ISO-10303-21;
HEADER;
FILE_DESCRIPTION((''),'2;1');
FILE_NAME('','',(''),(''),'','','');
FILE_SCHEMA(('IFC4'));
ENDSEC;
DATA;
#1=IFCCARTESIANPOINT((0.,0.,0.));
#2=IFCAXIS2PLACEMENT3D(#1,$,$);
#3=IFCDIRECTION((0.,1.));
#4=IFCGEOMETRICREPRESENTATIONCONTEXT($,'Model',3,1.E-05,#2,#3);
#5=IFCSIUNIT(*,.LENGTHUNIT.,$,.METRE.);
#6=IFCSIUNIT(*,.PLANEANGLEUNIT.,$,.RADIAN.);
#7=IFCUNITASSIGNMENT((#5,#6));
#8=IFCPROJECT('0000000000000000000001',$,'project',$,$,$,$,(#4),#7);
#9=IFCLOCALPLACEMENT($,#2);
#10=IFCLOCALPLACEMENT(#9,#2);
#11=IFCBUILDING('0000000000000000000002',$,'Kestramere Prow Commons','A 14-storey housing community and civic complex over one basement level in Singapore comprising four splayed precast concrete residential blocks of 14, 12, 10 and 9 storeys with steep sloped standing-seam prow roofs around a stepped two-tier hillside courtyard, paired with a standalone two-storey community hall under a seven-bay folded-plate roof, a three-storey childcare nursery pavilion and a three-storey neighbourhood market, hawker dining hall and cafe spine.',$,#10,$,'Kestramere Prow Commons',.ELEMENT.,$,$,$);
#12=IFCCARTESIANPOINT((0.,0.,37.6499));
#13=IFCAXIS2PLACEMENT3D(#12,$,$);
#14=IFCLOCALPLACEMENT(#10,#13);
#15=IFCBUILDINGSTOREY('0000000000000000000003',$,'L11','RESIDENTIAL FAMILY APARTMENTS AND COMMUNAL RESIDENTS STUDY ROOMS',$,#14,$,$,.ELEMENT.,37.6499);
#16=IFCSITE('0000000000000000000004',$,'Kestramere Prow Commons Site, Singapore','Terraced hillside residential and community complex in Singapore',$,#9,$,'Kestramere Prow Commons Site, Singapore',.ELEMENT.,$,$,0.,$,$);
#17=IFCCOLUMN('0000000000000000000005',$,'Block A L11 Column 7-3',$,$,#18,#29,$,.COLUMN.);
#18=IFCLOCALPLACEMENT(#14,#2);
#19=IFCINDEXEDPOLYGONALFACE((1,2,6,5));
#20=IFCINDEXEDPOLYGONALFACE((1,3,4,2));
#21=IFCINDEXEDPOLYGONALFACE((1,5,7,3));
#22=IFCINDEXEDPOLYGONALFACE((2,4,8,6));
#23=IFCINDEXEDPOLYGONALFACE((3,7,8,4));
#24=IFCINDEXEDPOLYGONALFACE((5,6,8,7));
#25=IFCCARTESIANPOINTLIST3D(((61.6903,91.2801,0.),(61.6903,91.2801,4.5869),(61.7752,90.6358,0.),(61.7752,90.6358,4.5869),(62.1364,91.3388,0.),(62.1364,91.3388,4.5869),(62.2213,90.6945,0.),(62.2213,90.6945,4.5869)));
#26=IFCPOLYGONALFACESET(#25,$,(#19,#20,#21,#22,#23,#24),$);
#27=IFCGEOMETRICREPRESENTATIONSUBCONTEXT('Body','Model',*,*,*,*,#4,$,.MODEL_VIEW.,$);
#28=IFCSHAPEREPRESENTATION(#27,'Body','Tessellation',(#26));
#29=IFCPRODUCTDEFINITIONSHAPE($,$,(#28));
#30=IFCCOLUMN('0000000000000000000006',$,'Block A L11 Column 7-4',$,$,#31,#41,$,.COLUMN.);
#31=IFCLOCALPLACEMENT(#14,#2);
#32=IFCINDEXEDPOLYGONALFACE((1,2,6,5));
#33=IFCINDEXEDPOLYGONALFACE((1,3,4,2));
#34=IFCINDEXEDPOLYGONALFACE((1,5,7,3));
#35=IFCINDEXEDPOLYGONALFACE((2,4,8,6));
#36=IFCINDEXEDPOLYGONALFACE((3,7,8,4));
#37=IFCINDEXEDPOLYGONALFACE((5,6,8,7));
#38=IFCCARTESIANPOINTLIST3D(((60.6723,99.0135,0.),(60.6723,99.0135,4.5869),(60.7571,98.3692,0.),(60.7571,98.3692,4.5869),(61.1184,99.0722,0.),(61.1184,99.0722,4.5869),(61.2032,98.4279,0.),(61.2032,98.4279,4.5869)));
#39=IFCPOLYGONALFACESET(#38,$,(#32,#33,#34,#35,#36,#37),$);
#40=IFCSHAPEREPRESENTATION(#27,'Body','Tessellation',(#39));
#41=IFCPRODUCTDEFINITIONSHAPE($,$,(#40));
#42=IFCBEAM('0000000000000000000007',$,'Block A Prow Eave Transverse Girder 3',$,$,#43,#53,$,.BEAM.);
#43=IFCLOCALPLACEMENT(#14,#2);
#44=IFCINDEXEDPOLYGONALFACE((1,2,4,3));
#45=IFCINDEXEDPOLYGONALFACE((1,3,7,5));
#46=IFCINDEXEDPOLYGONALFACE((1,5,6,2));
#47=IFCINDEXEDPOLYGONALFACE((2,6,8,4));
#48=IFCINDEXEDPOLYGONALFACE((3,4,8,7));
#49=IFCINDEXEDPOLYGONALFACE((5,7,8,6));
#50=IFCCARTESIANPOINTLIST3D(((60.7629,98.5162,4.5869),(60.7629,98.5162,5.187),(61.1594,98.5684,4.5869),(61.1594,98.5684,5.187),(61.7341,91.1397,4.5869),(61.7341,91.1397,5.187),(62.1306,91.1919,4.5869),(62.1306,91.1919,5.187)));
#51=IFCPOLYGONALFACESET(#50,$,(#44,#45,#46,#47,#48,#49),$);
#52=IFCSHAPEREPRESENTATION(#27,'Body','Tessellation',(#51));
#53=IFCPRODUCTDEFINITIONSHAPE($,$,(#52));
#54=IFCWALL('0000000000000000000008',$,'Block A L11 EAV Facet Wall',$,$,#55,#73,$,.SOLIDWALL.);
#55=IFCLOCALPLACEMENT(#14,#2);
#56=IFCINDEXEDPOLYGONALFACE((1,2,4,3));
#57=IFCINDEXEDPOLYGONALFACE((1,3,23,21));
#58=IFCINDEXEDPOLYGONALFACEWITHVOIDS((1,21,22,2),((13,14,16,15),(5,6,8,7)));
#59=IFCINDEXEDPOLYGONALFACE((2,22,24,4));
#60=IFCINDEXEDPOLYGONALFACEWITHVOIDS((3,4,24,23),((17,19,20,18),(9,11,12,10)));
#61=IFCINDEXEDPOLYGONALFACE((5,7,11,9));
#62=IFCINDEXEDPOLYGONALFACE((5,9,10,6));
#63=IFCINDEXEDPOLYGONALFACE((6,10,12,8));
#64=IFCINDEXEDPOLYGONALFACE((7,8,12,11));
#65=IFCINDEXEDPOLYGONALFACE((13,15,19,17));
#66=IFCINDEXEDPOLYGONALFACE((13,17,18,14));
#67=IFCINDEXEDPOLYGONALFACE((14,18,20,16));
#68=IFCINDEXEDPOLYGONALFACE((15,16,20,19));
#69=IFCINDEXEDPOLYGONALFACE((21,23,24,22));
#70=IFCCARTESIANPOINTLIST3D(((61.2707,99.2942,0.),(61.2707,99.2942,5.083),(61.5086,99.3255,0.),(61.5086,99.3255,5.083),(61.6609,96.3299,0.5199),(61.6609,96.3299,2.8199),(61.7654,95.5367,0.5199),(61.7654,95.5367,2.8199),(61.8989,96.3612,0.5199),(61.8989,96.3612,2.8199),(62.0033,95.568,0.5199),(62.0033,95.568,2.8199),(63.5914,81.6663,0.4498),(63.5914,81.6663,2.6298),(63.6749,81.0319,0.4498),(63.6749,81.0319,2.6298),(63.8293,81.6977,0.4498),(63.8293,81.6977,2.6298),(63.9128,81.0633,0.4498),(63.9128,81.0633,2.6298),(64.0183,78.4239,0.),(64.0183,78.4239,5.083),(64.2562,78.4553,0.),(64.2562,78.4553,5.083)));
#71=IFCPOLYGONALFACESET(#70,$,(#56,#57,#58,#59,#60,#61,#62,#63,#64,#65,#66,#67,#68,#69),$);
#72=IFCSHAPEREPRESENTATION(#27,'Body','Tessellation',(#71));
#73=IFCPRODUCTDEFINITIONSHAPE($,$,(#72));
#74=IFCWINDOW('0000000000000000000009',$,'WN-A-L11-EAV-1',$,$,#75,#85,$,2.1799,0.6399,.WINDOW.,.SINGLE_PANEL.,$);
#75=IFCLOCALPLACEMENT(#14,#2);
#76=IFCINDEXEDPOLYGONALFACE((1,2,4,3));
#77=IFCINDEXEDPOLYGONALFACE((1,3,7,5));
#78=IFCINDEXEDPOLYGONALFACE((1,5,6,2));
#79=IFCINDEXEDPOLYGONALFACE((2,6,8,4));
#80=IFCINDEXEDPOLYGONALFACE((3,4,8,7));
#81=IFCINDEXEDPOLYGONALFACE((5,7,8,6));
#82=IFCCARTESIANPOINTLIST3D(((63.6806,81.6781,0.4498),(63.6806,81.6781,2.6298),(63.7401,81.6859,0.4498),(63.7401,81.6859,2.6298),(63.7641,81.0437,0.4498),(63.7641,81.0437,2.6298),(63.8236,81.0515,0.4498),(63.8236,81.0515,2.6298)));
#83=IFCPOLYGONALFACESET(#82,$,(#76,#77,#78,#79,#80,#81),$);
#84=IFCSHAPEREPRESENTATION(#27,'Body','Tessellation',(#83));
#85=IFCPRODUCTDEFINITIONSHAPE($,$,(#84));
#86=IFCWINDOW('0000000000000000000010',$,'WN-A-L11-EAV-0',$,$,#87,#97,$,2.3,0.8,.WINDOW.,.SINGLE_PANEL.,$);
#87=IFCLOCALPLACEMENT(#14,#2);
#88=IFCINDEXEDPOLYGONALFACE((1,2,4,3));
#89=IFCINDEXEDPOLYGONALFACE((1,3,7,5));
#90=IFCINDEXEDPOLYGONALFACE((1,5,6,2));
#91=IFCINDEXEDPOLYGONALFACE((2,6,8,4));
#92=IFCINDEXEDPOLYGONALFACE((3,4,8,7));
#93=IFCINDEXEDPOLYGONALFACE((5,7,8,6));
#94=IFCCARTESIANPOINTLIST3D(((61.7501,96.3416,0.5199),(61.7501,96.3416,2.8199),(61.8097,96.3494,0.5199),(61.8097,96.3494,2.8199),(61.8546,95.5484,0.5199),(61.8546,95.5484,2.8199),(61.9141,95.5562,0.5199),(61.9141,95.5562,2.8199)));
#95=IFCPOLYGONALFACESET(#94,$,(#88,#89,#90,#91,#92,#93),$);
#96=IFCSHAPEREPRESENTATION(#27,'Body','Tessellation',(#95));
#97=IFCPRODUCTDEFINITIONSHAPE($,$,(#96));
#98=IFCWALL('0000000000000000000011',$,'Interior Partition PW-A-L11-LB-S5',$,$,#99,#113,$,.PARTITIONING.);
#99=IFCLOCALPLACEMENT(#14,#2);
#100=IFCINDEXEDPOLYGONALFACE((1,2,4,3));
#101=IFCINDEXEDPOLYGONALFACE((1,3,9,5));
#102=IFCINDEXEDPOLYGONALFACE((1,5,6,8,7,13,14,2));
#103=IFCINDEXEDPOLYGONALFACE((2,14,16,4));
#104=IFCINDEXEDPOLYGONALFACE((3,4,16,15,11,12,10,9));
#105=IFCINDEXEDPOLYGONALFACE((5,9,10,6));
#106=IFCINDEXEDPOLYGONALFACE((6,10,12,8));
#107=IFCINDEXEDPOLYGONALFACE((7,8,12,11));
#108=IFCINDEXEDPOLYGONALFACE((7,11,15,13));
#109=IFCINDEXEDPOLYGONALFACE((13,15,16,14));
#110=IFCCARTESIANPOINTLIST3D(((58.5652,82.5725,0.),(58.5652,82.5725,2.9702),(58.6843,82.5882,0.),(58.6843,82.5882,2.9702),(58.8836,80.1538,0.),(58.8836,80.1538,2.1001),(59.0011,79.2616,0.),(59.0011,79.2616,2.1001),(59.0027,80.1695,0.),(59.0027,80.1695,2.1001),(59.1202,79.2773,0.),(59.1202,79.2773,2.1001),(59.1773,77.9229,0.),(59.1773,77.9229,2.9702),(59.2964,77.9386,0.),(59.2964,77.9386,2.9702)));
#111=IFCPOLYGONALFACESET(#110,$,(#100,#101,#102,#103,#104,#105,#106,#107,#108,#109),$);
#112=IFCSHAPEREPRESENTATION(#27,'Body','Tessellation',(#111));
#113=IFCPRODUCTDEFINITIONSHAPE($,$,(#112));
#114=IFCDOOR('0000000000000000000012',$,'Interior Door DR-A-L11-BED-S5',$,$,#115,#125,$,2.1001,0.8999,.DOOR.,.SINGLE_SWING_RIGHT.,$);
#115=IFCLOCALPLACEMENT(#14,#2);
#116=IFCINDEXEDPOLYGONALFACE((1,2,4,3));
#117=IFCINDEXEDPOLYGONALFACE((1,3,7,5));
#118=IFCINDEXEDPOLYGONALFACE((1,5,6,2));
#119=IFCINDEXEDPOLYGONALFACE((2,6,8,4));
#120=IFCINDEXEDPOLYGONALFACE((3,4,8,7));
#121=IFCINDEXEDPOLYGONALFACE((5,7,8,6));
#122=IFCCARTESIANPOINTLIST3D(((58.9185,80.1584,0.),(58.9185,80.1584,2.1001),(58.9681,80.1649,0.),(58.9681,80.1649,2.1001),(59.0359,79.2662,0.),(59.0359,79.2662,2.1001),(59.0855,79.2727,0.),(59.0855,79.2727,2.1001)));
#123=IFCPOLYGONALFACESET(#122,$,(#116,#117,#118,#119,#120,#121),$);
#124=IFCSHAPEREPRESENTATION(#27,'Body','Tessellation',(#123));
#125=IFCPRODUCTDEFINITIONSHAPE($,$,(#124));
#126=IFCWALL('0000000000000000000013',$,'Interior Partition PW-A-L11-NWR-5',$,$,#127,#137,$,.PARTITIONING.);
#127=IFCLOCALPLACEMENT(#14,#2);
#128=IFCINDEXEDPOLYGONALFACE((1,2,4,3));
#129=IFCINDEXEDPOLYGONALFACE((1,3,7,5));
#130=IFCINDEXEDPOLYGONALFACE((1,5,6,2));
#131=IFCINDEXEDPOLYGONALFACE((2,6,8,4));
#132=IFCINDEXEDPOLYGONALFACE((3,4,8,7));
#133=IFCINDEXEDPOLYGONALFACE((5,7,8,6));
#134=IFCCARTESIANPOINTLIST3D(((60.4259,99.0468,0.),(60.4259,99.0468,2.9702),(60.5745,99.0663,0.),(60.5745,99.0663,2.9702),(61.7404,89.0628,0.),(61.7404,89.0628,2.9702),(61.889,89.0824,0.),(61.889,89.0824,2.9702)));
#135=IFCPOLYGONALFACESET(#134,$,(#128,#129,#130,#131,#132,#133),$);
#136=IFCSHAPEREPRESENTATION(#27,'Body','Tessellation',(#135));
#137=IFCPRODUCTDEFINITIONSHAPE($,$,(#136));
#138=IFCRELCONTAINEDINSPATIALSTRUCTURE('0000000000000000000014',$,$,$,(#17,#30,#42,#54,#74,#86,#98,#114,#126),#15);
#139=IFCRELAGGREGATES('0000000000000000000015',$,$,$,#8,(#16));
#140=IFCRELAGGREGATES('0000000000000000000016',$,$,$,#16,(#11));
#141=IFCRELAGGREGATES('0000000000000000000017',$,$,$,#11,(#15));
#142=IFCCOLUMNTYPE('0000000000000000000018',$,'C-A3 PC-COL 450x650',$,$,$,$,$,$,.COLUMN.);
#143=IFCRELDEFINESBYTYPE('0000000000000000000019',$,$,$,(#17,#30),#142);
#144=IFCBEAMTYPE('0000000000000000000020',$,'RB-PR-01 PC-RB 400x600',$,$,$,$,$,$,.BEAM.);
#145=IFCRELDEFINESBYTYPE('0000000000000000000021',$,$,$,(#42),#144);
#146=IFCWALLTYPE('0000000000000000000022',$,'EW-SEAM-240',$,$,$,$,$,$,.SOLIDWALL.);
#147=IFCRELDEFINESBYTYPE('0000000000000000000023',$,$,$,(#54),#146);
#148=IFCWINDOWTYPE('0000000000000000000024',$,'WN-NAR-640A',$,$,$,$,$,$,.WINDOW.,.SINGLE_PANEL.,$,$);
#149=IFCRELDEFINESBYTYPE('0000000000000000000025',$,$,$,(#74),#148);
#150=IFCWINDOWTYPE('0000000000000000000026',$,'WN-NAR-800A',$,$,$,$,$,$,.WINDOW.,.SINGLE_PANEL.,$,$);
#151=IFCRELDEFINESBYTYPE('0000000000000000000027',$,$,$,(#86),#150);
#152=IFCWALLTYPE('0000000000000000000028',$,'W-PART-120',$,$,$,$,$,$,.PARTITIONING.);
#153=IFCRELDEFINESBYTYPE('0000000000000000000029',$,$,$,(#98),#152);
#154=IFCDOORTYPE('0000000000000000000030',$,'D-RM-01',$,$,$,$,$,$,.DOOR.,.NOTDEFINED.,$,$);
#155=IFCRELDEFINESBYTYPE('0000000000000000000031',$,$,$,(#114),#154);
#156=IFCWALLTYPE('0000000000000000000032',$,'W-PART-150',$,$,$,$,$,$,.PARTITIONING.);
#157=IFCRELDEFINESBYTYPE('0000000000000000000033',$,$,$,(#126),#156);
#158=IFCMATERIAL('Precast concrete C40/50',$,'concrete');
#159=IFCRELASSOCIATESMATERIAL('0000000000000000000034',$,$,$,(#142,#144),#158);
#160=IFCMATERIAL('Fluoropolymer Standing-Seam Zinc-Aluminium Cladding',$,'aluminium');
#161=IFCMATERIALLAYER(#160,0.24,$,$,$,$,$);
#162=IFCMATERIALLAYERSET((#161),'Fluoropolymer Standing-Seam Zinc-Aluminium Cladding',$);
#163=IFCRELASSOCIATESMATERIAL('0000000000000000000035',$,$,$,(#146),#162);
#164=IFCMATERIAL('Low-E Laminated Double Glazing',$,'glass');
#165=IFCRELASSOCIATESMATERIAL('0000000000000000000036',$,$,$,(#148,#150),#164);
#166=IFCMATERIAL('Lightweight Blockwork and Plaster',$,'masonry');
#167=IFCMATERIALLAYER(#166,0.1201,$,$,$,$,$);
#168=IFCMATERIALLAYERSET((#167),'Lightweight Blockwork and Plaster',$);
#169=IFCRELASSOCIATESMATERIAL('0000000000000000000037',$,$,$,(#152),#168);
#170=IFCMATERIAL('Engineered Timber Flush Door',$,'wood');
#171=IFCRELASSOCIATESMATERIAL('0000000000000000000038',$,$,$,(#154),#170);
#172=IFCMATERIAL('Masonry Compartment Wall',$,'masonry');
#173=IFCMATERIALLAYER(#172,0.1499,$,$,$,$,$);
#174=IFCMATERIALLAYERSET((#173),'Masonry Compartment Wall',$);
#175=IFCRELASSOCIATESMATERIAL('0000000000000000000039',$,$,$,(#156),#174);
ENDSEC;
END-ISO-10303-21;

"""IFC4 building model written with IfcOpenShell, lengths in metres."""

from ifc_helpers import new_model, si_unit, direction, frame, frame_2d, origin, origin_2d, place, context, subcontext, project, spatial, rectangle, extrude, material, layer, layer_set, material_profile, profile_set, type_object, element, fill, save


model = new_model("IFC4")

# Units and contexts
model_context = context("Model", 3, precision=1e-05, world=origin(), true_north=direction((0.0, 1.0)))
body_context = subcontext(model_context, "Body", "Model", "MODEL_VIEW")
ifc_project = project(units=[si_unit("LENGTHUNIT", "METRE"), si_unit("PLANEANGLEUNIT", "RADIAN")], contexts=[model_context])

# Site, building, storey
site_placement = place(None, origin())
site = spatial("IfcSite", under=ifc_project, at=site_placement, Name="Kestramere Prow Commons Site, Singapore", Description="Terraced hillside residential and community complex in Singapore", LongName="Kestramere Prow Commons Site, Singapore", CompositionType="ELEMENT", RefElevation=0.0)
building_placement = place(site_placement, origin())
building = spatial("IfcBuilding", under=site, at=building_placement, Name="Kestramere Prow Commons", Description="A 14-storey housing community and civic complex over one basement level in Singapore comprising four splayed precast concrete residential blocks of 14, 12, 10 and 9 storeys with steep sloped standing-seam prow roofs around a stepped two-tier hillside courtyard, paired with a standalone two-storey community hall under a seven-bay folded-plate roof, a three-storey childcare nursery pavilion and a three-storey neighbourhood market, hawker dining hall and cafe spine.", LongName="Kestramere Prow Commons", CompositionType="ELEMENT")
storey_placement = place(building_placement, frame((0.0, 0.0, 37.6499)))
storey = spatial("IfcBuildingStorey", under=building, at=storey_placement, Name="L11", Description="RESIDENTIAL FAMILY APARTMENTS AND COMMUNAL RESIDENTS STUDY ROOMS", CompositionType="ELEMENT", Elevation=37.6499)

# Columns
ifc_material_1 = material(Name="Precast concrete C40/50", Category="concrete")
ifc_material_profile_1 = material_profile(ifc_material_1, rectangle(XDim=0.45, YDim=0.6499, at=origin_2d()), Name="PC-COL 450x650")
ifc_profile_set_1 = profile_set([ifc_material_profile_1], Name="Precast concrete C40/50")
column_type = type_object("IfcColumnType", Name="C-A3 PC-COL 450x650", PredefinedType="COLUMN", material=ifc_profile_set_1)
for number, where, z_axis, x_axis, name in (
    (1, (61.9558, 90.9873, 0.0), (0.0, 0.0, 1.0), (0.991445, 0.130526, 0.0), "Block A L11 Column 7-3"),
    (2, (60.9377, 98.7207, 0.0), (0.0, 0.0, 1.0), (0.991445, 0.130526, 0.0), "Block A L11 Column 7-4"),
):
    element("IfcColumn", number, at=place(storey_placement, frame(where, z_axis=z_axis, x_axis=x_axis)), inside=storey, type_object=column_type, Name=name, PredefinedType="COLUMN", context=body_context, shape_type="SweptSolid", body=[
        extrude(rectangle(XDim=0.45, YDim=0.6499, at=origin_2d()), origin(), (0.0, 0.0, 1.0), 4.5869),
    ])

# Beam
ifc_material_profile_2 = material_profile(ifc_material_1, rectangle(XDim=0.3999, YDim=0.6001, at=origin_2d()), Name="PC-RB 400x600")
ifc_profile_set_2 = profile_set([ifc_material_profile_2], Name="Precast concrete C40/50")
beam_type = type_object("IfcBeamType", Name="RB-PR-01 PC-RB 400x600", PredefinedType="BEAM", material=ifc_profile_set_2)
beam_placement = place(storey_placement, frame((61.9324, 91.1658, 4.887), z_axis=(-0.130534, 0.991444, 0.0), x_axis=(-0.991444, -0.130534, 0.0)))
element("IfcBeam", 3, at=beam_placement, inside=storey, type_object=beam_type, Name="Block A Prow Eave Transverse Girder 3", PredefinedType="BEAM", context=body_context, shape_type="SweptSolid", body=[
    extrude(rectangle(XDim=0.3999, YDim=0.6001, at=origin_2d()), origin(), (0.0, 0.0, 1.0), 7.4402),
])

# Wall, openings, windows
ifc_material_2 = material(Name="Fluoropolymer Standing-Seam Zinc-Aluminium Cladding", Category="aluminium")
ifc_layer_1 = layer(ifc_material_2, 0.24)
ifc_layer_set_1 = layer_set([ifc_layer_1], Name="Fluoropolymer Standing-Seam Zinc-Aluminium Cladding")
wall_type_1 = type_object("IfcWallType", Name="EW-SEAM-240", PredefinedType="SOLIDWALL", material=ifc_layer_set_1)
wall_1_placement = place(storey_placement, frame((61.3896, 99.3098, 0.0), z_axis=(0.0, 0.0, 1.0), x_axis=(0.130524, -0.991445, 0.0)))
wall_1 = element("IfcWall", 4, at=wall_1_placement, inside=storey, type_object=wall_type_1, Name="Block A L11 EAV Facet Wall", PredefinedType="SOLIDWALL", context=body_context, shape_type="SweptSolid", body=[
    extrude(rectangle(XDim=21.0503, YDim=0.24, at=frame_2d((10.5251, 0.0))), origin(), (0.0, 0.0, 1.0), 5.083),
])
opening_1_placement = place(wall_1_placement, frame((2.99, 0.0, 0.52)))
opening_1 = element("IfcOpeningElement", 5, at=opening_1_placement, cuts=wall_1, PredefinedType="OPENING", context=body_context, shape_type="SweptSolid", body=[
    extrude(rectangle(XDim=0.8, YDim=2.3, at=frame_2d((0.3999, 1.1499))), frame((0.0, 0.135, 0.0), z_axis=(0.0, -1.0, 0.0), x_axis=(1.0, 0.0, 0.0)), (0.0, 0.0, 1.0), 0.27),
])
opening_2_placement = place(wall_1_placement, frame((17.78, 0.0, 0.45)))
opening_2 = element("IfcOpeningElement", 6, at=opening_2_placement, cuts=wall_1, PredefinedType="OPENING", context=body_context, shape_type="SweptSolid", body=[
    extrude(rectangle(XDim=0.6399, YDim=2.1799, at=frame_2d((0.3198, 1.0898))), frame((0.0, 0.135, 0.0), z_axis=(0.0, -1.0, 0.0), x_axis=(1.0, 0.0, 0.0)), (0.0, 0.0, 1.0), 0.27),
])
ifc_material_3 = material(Name="Low-E Laminated Double Glazing", Category="glass")
window_type_1 = type_object("IfcWindowType", Name="WN-NAR-640A", PartitioningType="SINGLE_PANEL", PredefinedType="WINDOW", material=ifc_material_3)
window_1_placement = place(opening_2_placement, origin())
window_1 = element("IfcWindow", 7, at=window_1_placement, inside=storey, type_object=window_type_1, Name="WN-A-L11-EAV-1", OverallHeight=2.1799, OverallWidth=0.6399, PartitioningType="SINGLE_PANEL", PredefinedType="WINDOW", context=body_context, shape_type="SweptSolid", body=[
    extrude(rectangle(XDim=0.6399, YDim=2.1799, at=frame_2d((0.3198, 1.0898))), frame((0.0, 0.03, 0.0), z_axis=(0.0, -1.0, 0.0), x_axis=(1.0, 0.0, 0.0)), (0.0, 0.0, 1.0), 0.0601),
])
fill(opening_2, window_1)
window_type_2 = type_object("IfcWindowType", Name="WN-NAR-800A", PartitioningType="SINGLE_PANEL", PredefinedType="WINDOW", material=ifc_material_3)
window_2_placement = place(opening_1_placement, origin())
window_2 = element("IfcWindow", 8, at=window_2_placement, inside=storey, type_object=window_type_2, Name="WN-A-L11-EAV-0", OverallHeight=2.3, OverallWidth=0.8, PartitioningType="SINGLE_PANEL", PredefinedType="WINDOW", context=body_context, shape_type="SweptSolid", body=[
    extrude(rectangle(XDim=0.8, YDim=2.3, at=frame_2d((0.3999, 1.1499))), frame((0.0, 0.03, 0.0), z_axis=(0.0, -1.0, 0.0), x_axis=(1.0, 0.0, 0.0)), (0.0, 0.0, 1.0), 0.0601),
])
fill(opening_1, window_2)

# Wall, opening, door
ifc_material_4 = material(Name="Lightweight Blockwork and Plaster", Category="masonry")
ifc_layer_2 = layer(ifc_material_4, 0.1201)
ifc_layer_set_2 = layer_set([ifc_layer_2], Name="Lightweight Blockwork and Plaster")
wall_type_2 = type_object("IfcWallType", Name="W-PART-120", PredefinedType="PARTITIONING", material=ifc_layer_set_2)
wall_2_placement = place(storey_placement, frame((59.2368, 77.9309, 0.0), z_axis=(0.0, 0.0, 1.0), x_axis=(-0.13051, 0.991447, 0.0)))
wall_2 = element("IfcWall", 9, at=wall_2_placement, inside=storey, type_object=wall_type_2, Name="Interior Partition PW-A-L11-LB-S5", PredefinedType="PARTITIONING", context=body_context, shape_type="SweptSolid", body=[
    extrude(rectangle(XDim=4.6897, YDim=0.1201, at=frame_2d((2.3447, 0.0))), origin(), (0.0, 0.0, 1.0), 2.9702),
])
opening_3_placement = place(wall_2_placement, frame((1.3501, 0.0, 0.0)))
opening_3 = element("IfcOpeningElement", 10, at=opening_3_placement, cuts=wall_2, PredefinedType="OPENING", context=body_context, shape_type="SweptSolid", body=[
    extrude(rectangle(XDim=0.8999, YDim=2.1001, at=frame_2d((0.45, 1.05))), frame((0.0, 0.075, 0.0), z_axis=(0.0, -1.0, 0.0), x_axis=(1.0, 0.0, 0.0)), (0.0, 0.0, 1.0), 0.1501),
])
ifc_material_5 = material(Name="Engineered Timber Flush Door", Category="wood")
door_type_1 = type_object("IfcDoorType", Name="D-RM-01", OperationType="NOTDEFINED", PredefinedType="DOOR", material=ifc_material_5)
door_1_placement = place(opening_3_placement, origin())
door_1 = element("IfcDoor", 11, at=door_1_placement, inside=storey, type_object=door_type_1, Name="Interior Door DR-A-L11-BED-S5", OperationType="SINGLE_SWING_RIGHT", OverallHeight=2.1001, OverallWidth=0.8999, PredefinedType="DOOR", context=body_context, shape_type="SweptSolid", body=[
    extrude(rectangle(XDim=0.8999, YDim=2.1001, at=frame_2d((0.45, 1.05))), frame((0.0, 0.0249, 0.0), z_axis=(0.0, -1.0, 0.0), x_axis=(1.0, 0.0, 0.0)), (0.0, 0.0, 1.0), 0.05),
])
fill(opening_3, door_1)

# Wall
ifc_material_6 = material(Name="Masonry Compartment Wall", Category="masonry")
ifc_layer_3 = layer(ifc_material_6, 0.1499)
ifc_layer_set_3 = layer_set([ifc_layer_3], Name="Masonry Compartment Wall")
wall_type_3 = type_object("IfcWallType", Name="W-PART-150", PredefinedType="PARTITIONING", material=ifc_layer_set_3)
wall_3_placement = place(storey_placement, frame((61.8147, 89.0725, 0.0), z_axis=(0.0, 0.0, 1.0), x_axis=(-0.130531, 0.991444, 0.0)))
element("IfcWall", 12, at=wall_3_placement, inside=storey, type_object=wall_type_3, Name="Interior Partition PW-A-L11-NWR-5", PredefinedType="PARTITIONING", context=body_context, shape_type="SweptSolid", body=[
    extrude(rectangle(XDim=10.0701, YDim=0.1499, at=frame_2d((5.0352, 0.0))), origin(), (0.0, 0.0, 1.0), 2.9702),
])

save(model, "model.ifc")
